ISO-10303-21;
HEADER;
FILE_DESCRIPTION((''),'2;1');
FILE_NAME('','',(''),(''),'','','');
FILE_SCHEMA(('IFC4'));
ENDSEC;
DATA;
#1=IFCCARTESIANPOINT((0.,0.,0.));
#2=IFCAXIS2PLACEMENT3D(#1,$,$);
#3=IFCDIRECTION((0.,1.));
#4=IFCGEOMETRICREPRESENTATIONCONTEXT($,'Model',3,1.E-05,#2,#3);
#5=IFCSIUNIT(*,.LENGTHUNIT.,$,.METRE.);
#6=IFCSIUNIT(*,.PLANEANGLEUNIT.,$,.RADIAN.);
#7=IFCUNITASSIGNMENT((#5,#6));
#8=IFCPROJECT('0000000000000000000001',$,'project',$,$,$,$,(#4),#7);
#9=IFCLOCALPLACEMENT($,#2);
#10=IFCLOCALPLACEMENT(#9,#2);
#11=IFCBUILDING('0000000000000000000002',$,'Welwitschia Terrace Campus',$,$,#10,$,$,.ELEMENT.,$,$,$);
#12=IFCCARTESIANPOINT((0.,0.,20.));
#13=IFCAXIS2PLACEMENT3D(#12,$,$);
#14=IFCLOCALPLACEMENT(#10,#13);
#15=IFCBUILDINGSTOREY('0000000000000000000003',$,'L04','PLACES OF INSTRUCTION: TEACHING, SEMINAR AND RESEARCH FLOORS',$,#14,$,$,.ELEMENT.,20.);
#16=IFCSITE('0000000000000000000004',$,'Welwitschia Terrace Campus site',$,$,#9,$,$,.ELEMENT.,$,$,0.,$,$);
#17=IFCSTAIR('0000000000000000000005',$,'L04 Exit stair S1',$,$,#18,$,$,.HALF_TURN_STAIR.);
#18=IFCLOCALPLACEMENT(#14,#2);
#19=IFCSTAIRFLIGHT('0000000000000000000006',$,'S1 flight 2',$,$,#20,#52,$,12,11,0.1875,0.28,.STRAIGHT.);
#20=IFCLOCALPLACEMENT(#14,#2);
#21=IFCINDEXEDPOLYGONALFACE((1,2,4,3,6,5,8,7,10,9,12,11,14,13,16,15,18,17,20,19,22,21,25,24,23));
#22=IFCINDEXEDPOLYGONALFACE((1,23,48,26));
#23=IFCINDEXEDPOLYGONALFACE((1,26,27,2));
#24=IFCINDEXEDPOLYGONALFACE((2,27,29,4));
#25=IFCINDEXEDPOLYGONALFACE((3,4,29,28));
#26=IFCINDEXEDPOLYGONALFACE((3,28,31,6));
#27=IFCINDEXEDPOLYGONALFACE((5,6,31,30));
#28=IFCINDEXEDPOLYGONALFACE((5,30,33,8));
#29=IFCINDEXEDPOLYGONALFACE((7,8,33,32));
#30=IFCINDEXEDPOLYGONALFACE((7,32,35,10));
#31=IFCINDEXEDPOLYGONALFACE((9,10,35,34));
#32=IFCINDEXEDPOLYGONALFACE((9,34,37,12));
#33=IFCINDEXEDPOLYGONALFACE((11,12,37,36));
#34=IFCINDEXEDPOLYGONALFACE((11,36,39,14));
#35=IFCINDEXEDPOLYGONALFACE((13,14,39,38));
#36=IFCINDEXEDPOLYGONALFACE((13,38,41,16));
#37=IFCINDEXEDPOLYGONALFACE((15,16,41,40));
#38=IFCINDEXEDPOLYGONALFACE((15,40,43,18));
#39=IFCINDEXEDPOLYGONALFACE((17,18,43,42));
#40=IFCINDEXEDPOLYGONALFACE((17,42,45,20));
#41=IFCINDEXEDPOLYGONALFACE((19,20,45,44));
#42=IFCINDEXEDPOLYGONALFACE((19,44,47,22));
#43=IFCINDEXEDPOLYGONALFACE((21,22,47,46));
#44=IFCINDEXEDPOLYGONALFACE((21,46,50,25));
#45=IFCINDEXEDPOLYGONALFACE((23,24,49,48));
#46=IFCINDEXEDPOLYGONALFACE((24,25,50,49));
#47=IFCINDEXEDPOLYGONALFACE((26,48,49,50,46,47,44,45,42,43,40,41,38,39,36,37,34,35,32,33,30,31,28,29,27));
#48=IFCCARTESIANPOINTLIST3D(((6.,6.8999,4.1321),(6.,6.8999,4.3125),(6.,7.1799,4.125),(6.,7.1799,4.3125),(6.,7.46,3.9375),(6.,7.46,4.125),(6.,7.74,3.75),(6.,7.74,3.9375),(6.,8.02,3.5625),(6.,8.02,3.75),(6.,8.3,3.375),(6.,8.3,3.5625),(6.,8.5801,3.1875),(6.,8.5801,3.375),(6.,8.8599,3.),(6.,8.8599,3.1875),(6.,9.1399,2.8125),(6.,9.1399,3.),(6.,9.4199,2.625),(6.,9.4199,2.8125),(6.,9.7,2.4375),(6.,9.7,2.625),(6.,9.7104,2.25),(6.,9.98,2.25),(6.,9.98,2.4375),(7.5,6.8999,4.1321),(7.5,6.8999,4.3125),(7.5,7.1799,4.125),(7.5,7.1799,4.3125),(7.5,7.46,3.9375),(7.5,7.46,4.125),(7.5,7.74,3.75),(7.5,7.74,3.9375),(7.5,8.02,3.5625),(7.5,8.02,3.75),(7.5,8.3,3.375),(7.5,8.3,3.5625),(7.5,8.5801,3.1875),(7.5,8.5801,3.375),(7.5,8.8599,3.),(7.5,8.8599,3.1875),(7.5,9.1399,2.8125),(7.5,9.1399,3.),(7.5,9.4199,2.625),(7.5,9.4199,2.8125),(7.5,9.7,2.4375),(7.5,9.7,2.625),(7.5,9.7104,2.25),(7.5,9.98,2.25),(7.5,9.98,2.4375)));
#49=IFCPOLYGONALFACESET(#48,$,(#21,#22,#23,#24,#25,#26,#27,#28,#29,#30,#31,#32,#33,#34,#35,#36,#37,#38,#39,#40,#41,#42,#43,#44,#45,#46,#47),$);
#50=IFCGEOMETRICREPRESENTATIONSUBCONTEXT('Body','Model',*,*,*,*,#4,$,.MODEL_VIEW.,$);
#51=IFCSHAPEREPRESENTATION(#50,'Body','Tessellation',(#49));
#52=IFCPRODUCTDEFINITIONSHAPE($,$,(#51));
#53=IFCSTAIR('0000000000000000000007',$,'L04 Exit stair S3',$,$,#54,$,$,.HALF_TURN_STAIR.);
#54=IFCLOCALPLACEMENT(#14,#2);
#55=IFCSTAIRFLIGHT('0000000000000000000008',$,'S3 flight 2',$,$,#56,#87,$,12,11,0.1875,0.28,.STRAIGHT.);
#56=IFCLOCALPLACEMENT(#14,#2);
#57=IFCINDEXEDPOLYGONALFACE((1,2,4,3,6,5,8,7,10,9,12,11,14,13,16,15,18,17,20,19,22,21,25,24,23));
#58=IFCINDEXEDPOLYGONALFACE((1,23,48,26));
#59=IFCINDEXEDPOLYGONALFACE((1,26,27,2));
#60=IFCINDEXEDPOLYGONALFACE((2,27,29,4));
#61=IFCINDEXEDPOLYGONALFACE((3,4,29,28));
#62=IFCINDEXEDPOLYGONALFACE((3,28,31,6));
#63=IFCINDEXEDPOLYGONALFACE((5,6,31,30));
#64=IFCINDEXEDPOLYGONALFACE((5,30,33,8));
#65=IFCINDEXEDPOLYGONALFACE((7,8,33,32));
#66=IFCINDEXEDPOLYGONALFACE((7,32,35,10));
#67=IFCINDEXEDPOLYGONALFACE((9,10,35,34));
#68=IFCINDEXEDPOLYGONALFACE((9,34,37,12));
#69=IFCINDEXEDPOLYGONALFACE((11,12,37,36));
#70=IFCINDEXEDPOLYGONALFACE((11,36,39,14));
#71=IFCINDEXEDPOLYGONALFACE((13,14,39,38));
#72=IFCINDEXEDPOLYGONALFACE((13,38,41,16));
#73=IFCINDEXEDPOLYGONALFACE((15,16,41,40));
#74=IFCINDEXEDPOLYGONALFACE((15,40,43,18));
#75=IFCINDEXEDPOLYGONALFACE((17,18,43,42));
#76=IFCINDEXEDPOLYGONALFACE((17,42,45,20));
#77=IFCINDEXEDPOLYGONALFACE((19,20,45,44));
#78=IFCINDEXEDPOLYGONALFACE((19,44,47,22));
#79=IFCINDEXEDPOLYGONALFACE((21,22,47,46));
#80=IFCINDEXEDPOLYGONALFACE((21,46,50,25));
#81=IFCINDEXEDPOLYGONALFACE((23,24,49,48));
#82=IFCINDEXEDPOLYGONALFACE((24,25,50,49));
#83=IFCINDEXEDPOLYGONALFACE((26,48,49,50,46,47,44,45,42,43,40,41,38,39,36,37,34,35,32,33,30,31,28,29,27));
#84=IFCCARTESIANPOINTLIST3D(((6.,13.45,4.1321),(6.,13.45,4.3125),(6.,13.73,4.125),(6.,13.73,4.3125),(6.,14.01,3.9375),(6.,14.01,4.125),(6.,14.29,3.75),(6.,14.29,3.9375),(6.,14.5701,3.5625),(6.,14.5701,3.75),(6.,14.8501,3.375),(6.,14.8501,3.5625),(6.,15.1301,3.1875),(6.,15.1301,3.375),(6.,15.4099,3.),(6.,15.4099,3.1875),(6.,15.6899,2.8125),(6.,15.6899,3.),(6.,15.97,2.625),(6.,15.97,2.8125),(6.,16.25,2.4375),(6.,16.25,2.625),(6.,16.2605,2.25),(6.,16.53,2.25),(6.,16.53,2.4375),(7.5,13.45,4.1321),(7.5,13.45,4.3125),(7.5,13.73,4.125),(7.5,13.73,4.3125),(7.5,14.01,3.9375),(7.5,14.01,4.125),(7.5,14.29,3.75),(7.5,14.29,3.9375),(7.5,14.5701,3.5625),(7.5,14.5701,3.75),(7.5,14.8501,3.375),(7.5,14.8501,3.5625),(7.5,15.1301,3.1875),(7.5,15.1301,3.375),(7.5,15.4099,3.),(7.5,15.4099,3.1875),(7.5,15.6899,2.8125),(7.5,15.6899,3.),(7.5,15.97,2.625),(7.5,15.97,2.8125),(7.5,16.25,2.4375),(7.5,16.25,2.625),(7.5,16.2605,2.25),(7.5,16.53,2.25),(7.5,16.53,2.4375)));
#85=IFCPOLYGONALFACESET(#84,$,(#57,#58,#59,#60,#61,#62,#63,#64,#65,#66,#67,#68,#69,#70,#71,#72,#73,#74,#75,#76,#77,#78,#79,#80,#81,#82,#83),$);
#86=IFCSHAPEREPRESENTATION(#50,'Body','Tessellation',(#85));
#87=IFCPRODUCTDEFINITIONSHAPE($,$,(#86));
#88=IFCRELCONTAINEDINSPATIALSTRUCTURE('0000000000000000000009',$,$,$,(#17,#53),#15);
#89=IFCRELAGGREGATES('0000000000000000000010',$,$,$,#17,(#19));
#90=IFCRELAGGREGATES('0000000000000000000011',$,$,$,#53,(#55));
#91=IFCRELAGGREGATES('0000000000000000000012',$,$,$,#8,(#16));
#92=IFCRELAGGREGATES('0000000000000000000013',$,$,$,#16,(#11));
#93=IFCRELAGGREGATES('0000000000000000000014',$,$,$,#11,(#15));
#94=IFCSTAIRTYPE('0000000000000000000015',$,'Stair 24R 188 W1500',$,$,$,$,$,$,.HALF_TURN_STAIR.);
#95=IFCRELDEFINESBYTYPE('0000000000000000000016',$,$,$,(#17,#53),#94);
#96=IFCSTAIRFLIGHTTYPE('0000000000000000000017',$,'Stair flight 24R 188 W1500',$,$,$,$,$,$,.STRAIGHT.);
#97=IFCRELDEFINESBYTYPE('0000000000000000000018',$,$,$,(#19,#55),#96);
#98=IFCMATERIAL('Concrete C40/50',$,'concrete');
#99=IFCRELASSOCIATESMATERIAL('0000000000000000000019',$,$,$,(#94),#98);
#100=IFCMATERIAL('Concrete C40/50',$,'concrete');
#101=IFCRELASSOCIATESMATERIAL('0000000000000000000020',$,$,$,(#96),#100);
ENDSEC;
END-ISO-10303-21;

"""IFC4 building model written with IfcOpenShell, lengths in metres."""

from ifc_helpers import new_model, si_unit, direction, frame, origin, place, context, subcontext, project, spatial, polyline, outline, extrude, material, type_object, element, aggregate, save


model = new_model("IFC4")

# Units and contexts
model_context = context("Model", 3, precision=1e-05, world=origin(), true_north=direction((0.0, 1.0)))
body_context = subcontext(model_context, "Body", "Model", "MODEL_VIEW")
ifc_project = project(units=[si_unit("LENGTHUNIT", "METRE"), si_unit("PLANEANGLEUNIT", "RADIAN")], contexts=[model_context])

# Site, building, storey
site_placement = place(None, origin())
site = spatial("IfcSite", under=ifc_project, at=site_placement, Name="Welwitschia Terrace Campus site", CompositionType="ELEMENT", RefElevation=0.0)
building_placement = place(site_placement, origin())
building = spatial("IfcBuilding", under=site, at=building_placement, Name="Welwitschia Terrace Campus", CompositionType="ELEMENT")
storey_placement = place(building_placement, frame((0.0, 0.0, 20.0)))
storey = spatial("IfcBuildingStorey", under=building, at=storey_placement, Name="L04", Description="PLACES OF INSTRUCTION: TEACHING, SEMINAR AND RESEARCH FLOORS", CompositionType="ELEMENT", Elevation=20.0)

# Stairs, stair flights
ifc_material_1 = material(Name="Concrete C40/50", Category="concrete")
stair_type = type_object("IfcStairType", Name="Stair 24R 188 W1500", PredefinedType="HALF_TURN_STAIR", material=ifc_material_1)
stair_1_placement = place(storey_placement, origin())
stair_1 = element("IfcStair", 1, at=stair_1_placement, inside=storey, type_object=stair_type, Name="L04 Exit stair S1", PredefinedType="HALF_TURN_STAIR")
ifc_material_2 = material(Name="Concrete C40/50", Category="concrete")
stair_flight_type = type_object("IfcStairFlightType", Name="Stair flight 24R 188 W1500", PredefinedType="STRAIGHT", material=ifc_material_2)
stair_flight_1_placement = place(storey_placement, frame((6.75, 9.98, 2.25), z_axis=(0.0, 0.0, 1.0), x_axis=(0.0, -1.0, 0.0)))
stair_flight_1 = element("IfcStairFlight", 2, at=stair_flight_1_placement, type_object=stair_flight_type, Name="S1 flight 2", NumberOfRisers=12, NumberOfTreads=11, PredefinedType="STRAIGHT", RiserHeight=0.1875, TreadLength=0.28, context=body_context, shape_type="SweptSolid", body=[
    extrude(outline(polyline([(0.0, 0.0), (0.0, 0.1875), (0.28, 0.1875), (0.28, 0.375), (0.5601, 0.375), (0.5601, 0.5625), (0.8401, 0.5625), (0.8401, 0.75), (1.1201, 0.75), (1.1201, 0.9375), (1.3999, 0.9375), (1.3999, 1.125), (1.6799, 1.125), (1.6799, 1.3125), (1.96, 1.3125), (1.96, 1.5), (2.24, 1.5), (2.24, 1.6875), (2.52, 1.6875), (2.52, 1.875), (2.8, 1.875), (2.8, 2.0625), (3.0801, 2.0625), (3.0801, 2.25), (3.0801, 1.8821), (0.2695, 0.0), (0.0, 0.0)])), frame((0.0, 0.75, 0.0), z_axis=(0.0, -1.0, 0.0), x_axis=(1.0, 0.0, 0.0)), (0.0, 0.0, 1.0), 1.5),
])
aggregate(stair_1, [stair_flight_1])
stair_2_placement = place(storey_placement, origin())
stair_2 = element("IfcStair", 3, at=stair_2_placement, inside=storey, type_object=stair_type, Name="L04 Exit stair S3", PredefinedType="HALF_TURN_STAIR")
stair_flight_2_placement = place(storey_placement, frame((6.75, 16.53, 2.25), z_axis=(0.0, 0.0, 1.0), x_axis=(0.0, -1.0, 0.0)))
stair_flight_2 = element("IfcStairFlight", 4, at=stair_flight_2_placement, type_object=stair_flight_type, Name="S3 flight 2", NumberOfRisers=12, NumberOfTreads=11, PredefinedType="STRAIGHT", RiserHeight=0.1875, TreadLength=0.28, context=body_context, shape_type="SweptSolid", body=[
    extrude(outline(polyline([(0.0, 0.0), (0.0, 0.1875), (0.28, 0.1875), (0.28, 0.375), (0.5601, 0.375), (0.5601, 0.5625), (0.8401, 0.5625), (0.8401, 0.75), (1.1201, 0.75), (1.1201, 0.9375), (1.3999, 0.9375), (1.3999, 1.125), (1.6799, 1.125), (1.6799, 1.3125), (1.96, 1.3125), (1.96, 1.5), (2.24, 1.5), (2.24, 1.6875), (2.52, 1.6875), (2.52, 1.875), (2.8, 1.875), (2.8, 2.0625), (3.0801, 2.0625), (3.0801, 2.25), (3.0801, 1.8821), (0.2695, 0.0), (0.0, 0.0)])), frame((0.0, 0.75, 0.0), z_axis=(0.0, -1.0, 0.0), x_axis=(1.0, 0.0, 0.0)), (0.0, 0.0, 1.0), 1.5),
])
aggregate(stair_2, [stair_flight_2])

save(model, "model.ifc")
